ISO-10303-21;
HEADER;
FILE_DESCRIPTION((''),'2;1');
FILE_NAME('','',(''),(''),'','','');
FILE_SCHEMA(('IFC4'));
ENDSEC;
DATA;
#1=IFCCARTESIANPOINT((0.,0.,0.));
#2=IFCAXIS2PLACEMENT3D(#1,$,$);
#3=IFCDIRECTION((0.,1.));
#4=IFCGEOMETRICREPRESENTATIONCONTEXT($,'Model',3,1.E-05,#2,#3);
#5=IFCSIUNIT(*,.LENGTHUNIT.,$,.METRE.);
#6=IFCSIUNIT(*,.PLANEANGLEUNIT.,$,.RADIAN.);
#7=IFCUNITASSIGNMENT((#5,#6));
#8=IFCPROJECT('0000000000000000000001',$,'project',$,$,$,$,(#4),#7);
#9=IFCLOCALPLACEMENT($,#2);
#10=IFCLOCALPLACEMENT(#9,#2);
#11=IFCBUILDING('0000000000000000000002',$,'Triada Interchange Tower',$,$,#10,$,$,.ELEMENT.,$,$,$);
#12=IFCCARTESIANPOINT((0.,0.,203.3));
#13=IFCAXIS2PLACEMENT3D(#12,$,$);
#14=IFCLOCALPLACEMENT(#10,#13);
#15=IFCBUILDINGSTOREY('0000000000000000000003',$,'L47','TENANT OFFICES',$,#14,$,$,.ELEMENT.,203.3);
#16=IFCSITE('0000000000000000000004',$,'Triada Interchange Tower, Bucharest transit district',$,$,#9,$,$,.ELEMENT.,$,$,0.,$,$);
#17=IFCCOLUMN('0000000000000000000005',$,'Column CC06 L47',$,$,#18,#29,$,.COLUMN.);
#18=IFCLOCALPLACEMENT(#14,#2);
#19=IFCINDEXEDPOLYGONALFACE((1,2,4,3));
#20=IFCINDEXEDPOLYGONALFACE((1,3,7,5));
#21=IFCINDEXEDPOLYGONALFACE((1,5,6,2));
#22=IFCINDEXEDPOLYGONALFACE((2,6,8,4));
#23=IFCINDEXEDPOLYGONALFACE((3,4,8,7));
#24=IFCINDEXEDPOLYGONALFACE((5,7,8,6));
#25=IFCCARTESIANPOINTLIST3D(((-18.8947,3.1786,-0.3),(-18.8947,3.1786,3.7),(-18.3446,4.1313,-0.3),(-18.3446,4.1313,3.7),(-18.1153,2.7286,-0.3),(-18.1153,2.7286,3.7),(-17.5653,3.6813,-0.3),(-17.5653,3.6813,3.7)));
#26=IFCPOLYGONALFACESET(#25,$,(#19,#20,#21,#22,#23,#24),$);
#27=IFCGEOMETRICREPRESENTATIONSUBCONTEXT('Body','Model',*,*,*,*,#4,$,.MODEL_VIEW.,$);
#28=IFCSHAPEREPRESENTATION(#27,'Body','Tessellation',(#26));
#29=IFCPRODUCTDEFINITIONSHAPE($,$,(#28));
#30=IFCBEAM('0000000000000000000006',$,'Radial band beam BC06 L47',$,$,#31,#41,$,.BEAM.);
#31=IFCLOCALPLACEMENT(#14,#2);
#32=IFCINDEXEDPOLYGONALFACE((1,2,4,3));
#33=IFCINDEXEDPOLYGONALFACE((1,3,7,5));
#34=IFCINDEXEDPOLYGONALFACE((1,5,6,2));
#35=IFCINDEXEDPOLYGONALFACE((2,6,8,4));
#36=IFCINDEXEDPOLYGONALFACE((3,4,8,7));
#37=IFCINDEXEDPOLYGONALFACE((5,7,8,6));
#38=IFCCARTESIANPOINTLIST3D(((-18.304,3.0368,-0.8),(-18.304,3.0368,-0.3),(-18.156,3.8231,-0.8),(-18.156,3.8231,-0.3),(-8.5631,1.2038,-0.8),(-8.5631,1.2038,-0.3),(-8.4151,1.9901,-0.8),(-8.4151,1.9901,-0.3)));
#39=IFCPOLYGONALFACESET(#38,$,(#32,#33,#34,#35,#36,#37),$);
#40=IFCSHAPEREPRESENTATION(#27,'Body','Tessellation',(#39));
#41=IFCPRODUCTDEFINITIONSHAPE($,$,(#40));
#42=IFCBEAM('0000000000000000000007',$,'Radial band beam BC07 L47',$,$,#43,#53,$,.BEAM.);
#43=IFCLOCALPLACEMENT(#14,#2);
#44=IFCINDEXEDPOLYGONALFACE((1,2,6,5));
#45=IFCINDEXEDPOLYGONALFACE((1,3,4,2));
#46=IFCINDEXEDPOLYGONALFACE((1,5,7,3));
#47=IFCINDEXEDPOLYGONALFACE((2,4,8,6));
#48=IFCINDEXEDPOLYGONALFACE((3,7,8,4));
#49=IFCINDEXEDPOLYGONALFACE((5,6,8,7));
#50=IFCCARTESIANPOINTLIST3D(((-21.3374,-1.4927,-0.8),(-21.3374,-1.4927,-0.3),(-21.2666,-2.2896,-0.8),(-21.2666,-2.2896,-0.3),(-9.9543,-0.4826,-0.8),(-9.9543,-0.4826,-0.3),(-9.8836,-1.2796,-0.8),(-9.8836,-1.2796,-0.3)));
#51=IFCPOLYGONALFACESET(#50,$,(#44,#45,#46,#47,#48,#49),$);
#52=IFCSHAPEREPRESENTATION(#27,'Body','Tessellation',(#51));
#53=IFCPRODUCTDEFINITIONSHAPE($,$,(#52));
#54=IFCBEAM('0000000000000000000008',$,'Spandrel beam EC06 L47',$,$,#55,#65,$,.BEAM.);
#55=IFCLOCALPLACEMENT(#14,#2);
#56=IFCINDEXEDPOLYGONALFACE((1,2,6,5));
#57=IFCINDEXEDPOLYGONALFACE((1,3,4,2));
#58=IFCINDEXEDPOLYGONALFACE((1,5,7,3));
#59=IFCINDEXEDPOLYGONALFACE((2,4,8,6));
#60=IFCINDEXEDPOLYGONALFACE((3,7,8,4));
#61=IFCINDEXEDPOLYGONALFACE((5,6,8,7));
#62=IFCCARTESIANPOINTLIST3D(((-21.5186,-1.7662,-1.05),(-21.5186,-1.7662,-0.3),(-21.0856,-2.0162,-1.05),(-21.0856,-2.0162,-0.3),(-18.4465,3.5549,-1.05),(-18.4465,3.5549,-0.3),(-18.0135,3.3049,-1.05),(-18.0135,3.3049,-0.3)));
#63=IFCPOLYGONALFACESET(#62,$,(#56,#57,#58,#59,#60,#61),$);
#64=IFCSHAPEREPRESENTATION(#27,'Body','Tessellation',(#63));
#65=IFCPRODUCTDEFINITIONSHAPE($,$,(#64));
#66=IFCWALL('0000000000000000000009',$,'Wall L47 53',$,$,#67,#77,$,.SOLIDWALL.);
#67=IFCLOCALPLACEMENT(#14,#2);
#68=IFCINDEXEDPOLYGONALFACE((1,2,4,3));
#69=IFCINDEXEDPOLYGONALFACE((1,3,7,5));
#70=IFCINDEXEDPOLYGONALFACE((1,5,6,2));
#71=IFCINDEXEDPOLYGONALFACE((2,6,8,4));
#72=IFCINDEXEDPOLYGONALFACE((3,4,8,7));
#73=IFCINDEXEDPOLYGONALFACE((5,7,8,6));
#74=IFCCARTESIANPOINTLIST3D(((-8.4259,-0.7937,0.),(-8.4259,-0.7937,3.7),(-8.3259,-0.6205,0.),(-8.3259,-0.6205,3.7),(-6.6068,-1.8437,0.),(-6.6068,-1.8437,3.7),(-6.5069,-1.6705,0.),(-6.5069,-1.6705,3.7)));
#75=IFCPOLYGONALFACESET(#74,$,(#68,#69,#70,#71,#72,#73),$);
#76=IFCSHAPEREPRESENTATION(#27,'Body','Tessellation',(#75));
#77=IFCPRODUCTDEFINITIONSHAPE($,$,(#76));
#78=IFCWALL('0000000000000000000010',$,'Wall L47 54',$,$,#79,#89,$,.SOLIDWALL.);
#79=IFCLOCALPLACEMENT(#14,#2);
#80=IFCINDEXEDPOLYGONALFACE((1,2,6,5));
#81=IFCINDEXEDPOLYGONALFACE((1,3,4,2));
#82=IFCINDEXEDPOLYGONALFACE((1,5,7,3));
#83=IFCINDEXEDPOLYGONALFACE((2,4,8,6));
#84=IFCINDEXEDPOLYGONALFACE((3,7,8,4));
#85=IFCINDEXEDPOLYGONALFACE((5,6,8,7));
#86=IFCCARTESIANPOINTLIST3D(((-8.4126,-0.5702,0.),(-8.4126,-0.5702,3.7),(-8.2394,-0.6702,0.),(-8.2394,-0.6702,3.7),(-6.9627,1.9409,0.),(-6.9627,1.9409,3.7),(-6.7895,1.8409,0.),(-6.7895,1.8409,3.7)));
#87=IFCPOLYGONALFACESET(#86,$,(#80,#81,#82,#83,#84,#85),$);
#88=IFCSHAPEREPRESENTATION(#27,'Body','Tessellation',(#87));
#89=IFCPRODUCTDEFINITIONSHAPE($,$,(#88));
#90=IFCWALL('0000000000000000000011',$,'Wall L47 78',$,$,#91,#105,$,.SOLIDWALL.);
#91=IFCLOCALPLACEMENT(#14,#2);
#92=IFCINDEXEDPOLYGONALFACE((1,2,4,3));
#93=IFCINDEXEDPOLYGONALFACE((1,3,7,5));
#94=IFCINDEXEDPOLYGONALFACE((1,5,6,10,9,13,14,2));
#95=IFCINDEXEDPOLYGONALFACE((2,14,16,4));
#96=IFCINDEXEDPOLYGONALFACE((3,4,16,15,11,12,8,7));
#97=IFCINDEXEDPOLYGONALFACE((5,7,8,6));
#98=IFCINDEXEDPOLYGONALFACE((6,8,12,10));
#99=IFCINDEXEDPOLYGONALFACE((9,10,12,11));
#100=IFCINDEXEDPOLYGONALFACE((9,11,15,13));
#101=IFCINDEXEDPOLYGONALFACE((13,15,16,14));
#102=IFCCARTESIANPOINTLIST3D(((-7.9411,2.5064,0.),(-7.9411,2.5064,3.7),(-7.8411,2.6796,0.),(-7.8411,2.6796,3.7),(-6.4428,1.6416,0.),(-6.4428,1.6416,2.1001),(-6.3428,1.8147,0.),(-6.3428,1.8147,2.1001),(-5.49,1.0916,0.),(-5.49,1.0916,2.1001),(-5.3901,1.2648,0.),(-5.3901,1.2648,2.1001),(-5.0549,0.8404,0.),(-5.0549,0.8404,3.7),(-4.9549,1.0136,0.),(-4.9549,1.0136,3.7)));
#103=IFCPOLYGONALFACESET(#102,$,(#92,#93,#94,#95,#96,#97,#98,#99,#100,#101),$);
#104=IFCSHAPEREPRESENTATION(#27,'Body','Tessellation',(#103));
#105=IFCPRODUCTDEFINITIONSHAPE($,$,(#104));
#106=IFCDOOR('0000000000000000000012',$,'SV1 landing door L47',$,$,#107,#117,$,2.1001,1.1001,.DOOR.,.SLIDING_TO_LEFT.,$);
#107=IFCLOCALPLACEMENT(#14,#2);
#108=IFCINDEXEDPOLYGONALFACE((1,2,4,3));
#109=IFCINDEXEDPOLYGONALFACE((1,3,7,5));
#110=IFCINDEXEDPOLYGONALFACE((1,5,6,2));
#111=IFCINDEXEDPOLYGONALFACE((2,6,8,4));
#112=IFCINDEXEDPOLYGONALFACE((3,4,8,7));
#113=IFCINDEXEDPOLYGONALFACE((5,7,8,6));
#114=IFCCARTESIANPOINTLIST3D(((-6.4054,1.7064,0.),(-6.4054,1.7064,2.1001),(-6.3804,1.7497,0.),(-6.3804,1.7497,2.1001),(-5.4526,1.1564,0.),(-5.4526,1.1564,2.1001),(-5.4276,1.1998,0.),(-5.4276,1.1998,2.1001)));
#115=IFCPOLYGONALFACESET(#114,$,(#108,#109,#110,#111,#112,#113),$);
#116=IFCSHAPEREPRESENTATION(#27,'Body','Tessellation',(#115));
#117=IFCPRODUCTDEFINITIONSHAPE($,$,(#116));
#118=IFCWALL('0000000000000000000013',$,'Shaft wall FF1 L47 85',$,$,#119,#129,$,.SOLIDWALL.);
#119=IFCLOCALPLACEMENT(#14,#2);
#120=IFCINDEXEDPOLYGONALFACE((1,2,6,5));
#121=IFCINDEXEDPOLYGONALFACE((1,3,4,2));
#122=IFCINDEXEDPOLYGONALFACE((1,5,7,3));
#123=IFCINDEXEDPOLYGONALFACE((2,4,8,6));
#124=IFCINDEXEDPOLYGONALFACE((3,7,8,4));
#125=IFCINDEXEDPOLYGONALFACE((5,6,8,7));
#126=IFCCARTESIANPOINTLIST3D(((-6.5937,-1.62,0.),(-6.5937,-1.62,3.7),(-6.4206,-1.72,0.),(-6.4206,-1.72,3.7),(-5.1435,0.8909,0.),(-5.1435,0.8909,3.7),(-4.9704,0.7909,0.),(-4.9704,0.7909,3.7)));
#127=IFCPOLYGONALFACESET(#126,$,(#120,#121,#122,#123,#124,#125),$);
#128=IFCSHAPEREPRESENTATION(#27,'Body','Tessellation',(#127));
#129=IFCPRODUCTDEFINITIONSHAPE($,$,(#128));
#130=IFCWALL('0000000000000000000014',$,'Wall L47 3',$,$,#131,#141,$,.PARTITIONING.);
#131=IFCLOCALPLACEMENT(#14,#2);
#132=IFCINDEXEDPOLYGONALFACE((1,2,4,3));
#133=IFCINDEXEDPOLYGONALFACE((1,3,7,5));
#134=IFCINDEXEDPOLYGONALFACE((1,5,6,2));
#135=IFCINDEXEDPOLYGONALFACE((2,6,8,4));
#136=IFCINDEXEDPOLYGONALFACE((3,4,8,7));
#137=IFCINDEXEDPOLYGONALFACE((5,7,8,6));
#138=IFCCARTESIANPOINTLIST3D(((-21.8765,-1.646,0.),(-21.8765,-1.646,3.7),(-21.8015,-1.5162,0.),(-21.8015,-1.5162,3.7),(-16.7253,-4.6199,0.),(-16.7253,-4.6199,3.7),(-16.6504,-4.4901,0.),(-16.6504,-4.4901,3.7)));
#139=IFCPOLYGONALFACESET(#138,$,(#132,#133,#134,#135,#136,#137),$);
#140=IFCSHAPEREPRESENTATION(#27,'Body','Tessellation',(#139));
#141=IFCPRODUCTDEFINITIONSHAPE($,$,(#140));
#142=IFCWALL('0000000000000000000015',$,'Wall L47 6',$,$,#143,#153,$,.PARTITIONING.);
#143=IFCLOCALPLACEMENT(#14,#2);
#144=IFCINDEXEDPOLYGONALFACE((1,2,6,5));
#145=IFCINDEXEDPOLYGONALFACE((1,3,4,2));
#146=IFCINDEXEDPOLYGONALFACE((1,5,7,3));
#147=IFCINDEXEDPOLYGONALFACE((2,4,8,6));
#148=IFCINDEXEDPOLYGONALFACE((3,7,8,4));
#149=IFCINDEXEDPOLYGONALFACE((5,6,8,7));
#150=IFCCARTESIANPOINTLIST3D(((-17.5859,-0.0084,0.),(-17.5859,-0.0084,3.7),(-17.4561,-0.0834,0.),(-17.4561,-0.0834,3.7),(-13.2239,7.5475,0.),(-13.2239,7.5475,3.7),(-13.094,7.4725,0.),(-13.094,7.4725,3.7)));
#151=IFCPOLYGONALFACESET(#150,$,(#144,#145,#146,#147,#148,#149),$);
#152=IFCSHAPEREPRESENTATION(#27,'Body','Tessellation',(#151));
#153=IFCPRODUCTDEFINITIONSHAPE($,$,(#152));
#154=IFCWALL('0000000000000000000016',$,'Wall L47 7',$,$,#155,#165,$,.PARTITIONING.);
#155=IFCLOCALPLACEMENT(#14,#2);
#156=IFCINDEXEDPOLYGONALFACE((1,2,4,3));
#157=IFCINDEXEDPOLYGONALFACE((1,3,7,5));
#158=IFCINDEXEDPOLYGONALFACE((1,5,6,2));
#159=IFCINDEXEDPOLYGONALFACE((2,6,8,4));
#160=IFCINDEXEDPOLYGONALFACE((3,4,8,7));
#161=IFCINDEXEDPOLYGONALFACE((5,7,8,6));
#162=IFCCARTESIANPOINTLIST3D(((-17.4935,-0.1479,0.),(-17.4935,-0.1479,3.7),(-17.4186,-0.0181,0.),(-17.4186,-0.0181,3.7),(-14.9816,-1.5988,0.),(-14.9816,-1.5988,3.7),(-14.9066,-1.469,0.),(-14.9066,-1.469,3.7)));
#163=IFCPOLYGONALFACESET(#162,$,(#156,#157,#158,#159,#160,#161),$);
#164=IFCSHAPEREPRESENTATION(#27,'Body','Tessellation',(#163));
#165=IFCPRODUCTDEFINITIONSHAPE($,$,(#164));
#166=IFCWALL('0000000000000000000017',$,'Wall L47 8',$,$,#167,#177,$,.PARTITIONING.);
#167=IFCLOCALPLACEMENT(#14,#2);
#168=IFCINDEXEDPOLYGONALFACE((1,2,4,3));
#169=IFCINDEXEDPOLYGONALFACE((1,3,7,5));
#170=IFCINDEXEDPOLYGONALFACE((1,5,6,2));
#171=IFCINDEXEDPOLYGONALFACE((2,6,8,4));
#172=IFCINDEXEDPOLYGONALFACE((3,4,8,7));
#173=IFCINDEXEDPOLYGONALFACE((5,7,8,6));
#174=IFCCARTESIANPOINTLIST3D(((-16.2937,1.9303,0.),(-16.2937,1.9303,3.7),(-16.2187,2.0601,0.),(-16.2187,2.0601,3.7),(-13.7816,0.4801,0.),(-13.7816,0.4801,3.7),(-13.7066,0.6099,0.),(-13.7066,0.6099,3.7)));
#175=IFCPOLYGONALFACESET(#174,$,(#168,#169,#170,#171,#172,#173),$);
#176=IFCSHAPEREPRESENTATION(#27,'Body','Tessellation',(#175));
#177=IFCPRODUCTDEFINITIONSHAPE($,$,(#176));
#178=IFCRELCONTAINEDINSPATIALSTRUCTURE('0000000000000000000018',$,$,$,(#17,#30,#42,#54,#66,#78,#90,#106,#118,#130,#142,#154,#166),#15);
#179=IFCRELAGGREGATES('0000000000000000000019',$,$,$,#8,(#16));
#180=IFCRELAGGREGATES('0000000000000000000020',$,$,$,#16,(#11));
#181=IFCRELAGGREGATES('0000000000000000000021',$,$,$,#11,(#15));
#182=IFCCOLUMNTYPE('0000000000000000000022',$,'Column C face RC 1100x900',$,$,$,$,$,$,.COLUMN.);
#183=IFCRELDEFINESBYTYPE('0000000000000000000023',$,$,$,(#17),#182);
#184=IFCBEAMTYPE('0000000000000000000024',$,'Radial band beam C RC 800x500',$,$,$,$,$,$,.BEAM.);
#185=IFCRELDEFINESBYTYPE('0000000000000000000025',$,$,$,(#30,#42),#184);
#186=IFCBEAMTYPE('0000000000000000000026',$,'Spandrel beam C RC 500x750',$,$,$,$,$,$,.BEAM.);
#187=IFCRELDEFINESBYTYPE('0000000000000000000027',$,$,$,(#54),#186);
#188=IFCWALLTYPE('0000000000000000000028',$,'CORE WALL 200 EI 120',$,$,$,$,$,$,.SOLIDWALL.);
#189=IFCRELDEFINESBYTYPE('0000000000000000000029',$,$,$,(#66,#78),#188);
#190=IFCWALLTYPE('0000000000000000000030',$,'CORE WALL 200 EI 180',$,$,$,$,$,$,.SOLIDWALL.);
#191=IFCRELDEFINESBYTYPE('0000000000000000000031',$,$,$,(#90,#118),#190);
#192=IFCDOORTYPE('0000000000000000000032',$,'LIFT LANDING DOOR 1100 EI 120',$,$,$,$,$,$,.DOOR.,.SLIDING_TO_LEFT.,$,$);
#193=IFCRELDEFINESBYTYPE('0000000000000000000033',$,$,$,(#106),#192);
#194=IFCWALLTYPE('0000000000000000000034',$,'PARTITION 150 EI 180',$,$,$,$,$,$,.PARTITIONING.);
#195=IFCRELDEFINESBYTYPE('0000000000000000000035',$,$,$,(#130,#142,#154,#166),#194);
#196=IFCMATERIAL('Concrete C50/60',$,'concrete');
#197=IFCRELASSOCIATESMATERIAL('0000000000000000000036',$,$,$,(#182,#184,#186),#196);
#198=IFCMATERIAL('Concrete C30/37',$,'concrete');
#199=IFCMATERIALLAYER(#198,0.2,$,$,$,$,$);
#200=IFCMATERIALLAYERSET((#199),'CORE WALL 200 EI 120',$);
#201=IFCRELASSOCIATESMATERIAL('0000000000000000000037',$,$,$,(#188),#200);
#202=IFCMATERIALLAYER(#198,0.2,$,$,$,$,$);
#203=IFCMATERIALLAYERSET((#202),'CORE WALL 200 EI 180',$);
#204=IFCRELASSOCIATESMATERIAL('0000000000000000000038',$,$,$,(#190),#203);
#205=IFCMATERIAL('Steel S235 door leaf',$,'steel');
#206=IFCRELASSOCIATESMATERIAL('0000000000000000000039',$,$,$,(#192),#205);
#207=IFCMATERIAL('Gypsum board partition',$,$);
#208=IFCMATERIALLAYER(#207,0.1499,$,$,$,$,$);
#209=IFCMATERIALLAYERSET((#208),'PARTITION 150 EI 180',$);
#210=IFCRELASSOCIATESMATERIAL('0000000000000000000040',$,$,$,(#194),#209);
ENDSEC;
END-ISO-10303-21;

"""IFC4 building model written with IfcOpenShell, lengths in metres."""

from ifc_helpers import new_model, si_unit, direction, frame, frame_2d, origin, origin_2d, place, context, subcontext, project, spatial, rectangle, extrude, material, layer, layer_set, material_profile, profile_set, type_object, element, fill, save


model = new_model("IFC4")

# Units and contexts
model_context = context("Model", 3, precision=1e-05, world=origin(), true_north=direction((0.0, 1.0)))
body_context = subcontext(model_context, "Body", "Model", "MODEL_VIEW")
ifc_project = project(units=[si_unit("LENGTHUNIT", "METRE"), si_unit("PLANEANGLEUNIT", "RADIAN")], contexts=[model_context])

# Site, building, storey
site_placement = place(None, origin())
site = spatial("IfcSite", under=ifc_project, at=site_placement, Name="Triada Interchange Tower, Bucharest transit district", CompositionType="ELEMENT", RefElevation=0.0)
building_placement = place(site_placement, origin())
building = spatial("IfcBuilding", under=site, at=building_placement, Name="Triada Interchange Tower", CompositionType="ELEMENT")
storey_placement = place(building_placement, frame((0.0, 0.0, 203.3)))
storey = spatial("IfcBuildingStorey", under=building, at=storey_placement, Name="L47", Description="TENANT OFFICES", CompositionType="ELEMENT", Elevation=203.3)

# Column
ifc_material_1 = material(Name="Concrete C50/60", Category="concrete")
ifc_material_profile_1 = material_profile(ifc_material_1, rectangle(XDim=1.1001, YDim=0.8999, at=origin_2d()), Name="RC 1100x900")
ifc_profile_set_1 = profile_set([ifc_material_profile_1], Name="Concrete C50/60")
column_type = type_object("IfcColumnType", Name="Column C face RC 1100x900", PredefinedType="COLUMN", material=ifc_profile_set_1)
column_placement = place(storey_placement, frame((-18.23, 3.4299, -0.3), z_axis=(0.0, 0.0, 1.0), x_axis=(0.5, 0.866025, 0.0)))
element("IfcColumn", 1, at=column_placement, inside=storey, type_object=column_type, Name="Column CC06 L47", PredefinedType="COLUMN", context=body_context, shape_type="SweptSolid", body=[
    extrude(rectangle(XDim=1.1001, YDim=0.8999, at=origin_2d()), origin(), (0.0, 0.0, 1.0), 4.0),
])

# Beams
ifc_material_profile_2 = material_profile(ifc_material_1, rectangle(XDim=0.8, YDim=0.5, at=origin_2d()), Name="RC 800x500")
ifc_profile_set_2 = profile_set([ifc_material_profile_2], Name="Concrete C50/60")
beam_type_1 = type_object("IfcBeamType", Name="Radial band beam C RC 800x500", PredefinedType="BEAM", material=ifc_profile_set_2)
beam_1_placement = place(storey_placement, frame((-18.23, 3.4299, -0.55), z_axis=(0.982752, -0.184929, 0.0), x_axis=(0.184929, 0.982752, 0.0)))
element("IfcBeam", 2, at=beam_1_placement, inside=storey, type_object=beam_type_1, Name="Radial band beam BC06 L47", PredefinedType="BEAM", context=body_context, shape_type="SweptSolid", body=[
    extrude(rectangle(XDim=0.8, YDim=0.5, at=origin_2d()), origin(), (0.0, 0.0, 1.0), 9.9119),
])
beam_2_placement = place(storey_placement, frame((-21.302, -1.8911, -0.55), z_axis=(0.996087, 0.088382, 0.0), x_axis=(-0.088382, 0.996087, 0.0)))
element("IfcBeam", 3, at=beam_2_placement, inside=storey, type_object=beam_type_1, Name="Radial band beam BC07 L47", PredefinedType="BEAM", context=body_context, shape_type="SweptSolid", body=[
    extrude(rectangle(XDim=0.8, YDim=0.5, at=origin_2d()), origin(), (0.0, 0.0, 1.0), 11.4277),
])
ifc_material_profile_3 = material_profile(ifc_material_1, rectangle(XDim=0.5, YDim=0.75, at=origin_2d()), Name="RC 500x750")
ifc_profile_set_3 = profile_set([ifc_material_profile_3], Name="Concrete C50/60")
beam_type_2 = type_object("IfcBeamType", Name="Spandrel beam C RC 500x750", PredefinedType="BEAM", material=ifc_profile_set_3)
beam_3_placement = place(storey_placement, frame((-18.23, 3.4299, -0.675), z_axis=(-0.49999, -0.866031, 0.0), x_axis=(0.866031, -0.49999, 0.0)))
element("IfcBeam", 4, at=beam_3_placement, inside=storey, type_object=beam_type_2, Name="Spandrel beam EC06 L47", PredefinedType="BEAM", context=body_context, shape_type="SweptSolid", body=[
    extrude(rectangle(XDim=0.5, YDim=0.75, at=origin_2d()), origin(), (0.0, 0.0, 1.0), 6.1443),
])

# Walls
ifc_material_2 = material(Name="Concrete C30/37", Category="concrete")
ifc_layer_1 = layer(ifc_material_2, 0.2)
ifc_layer_set_1 = layer_set([ifc_layer_1], Name="CORE WALL 200 EI 120")
wall_type_1 = type_object("IfcWallType", Name="CORE WALL 200 EI 120", PredefinedType="SOLIDWALL", material=ifc_layer_set_1)
wall_1_placement = place(storey_placement, frame((-8.376, -0.707, 0.0), z_axis=(0.0, 0.0, 1.0), x_axis=(0.866068, -0.499927, 0.0)))
element("IfcWall", 5, at=wall_1_placement, inside=storey, type_object=wall_type_1, Name="Wall L47 53", PredefinedType="SOLIDWALL", context=body_context, shape_type="SweptSolid", body=[
    extrude(rectangle(XDim=2.1003, YDim=0.2, at=frame_2d((1.0503, 0.0))), origin(), (0.0, 0.0, 1.0), 3.7),
])
wall_2_placement = place(storey_placement, frame((-8.3259, -0.6201, 0.0), z_axis=(0.0, 0.0, 1.0), x_axis=(0.500024, 0.866012, 0.0)))
element("IfcWall", 6, at=wall_2_placement, inside=storey, type_object=wall_type_1, Name="Wall L47 54", PredefinedType="SOLIDWALL", context=body_context, shape_type="SweptSolid", body=[
    extrude(rectangle(XDim=2.8997, YDim=0.2, at=frame_2d((1.4497, 0.0))), origin(), (0.0, 0.0, 1.0), 3.7),
])

# Wall, opening, door
ifc_layer_2 = layer(ifc_material_2, 0.2)
ifc_layer_set_2 = layer_set([ifc_layer_2], Name="CORE WALL 200 EI 180")
wall_type_2 = type_object("IfcWallType", Name="CORE WALL 200 EI 180", PredefinedType="SOLIDWALL", material=ifc_layer_set_2)
wall_3_placement = place(storey_placement, frame((-7.8911, 2.593, 0.0), z_axis=(0.0, 0.0, 1.0), x_axis=(0.866071, -0.499921, 0.0)))
wall_3 = element("IfcWall", 7, at=wall_3_placement, inside=storey, type_object=wall_type_2, Name="Wall L47 78", PredefinedType="SOLIDWALL", context=body_context, shape_type="SweptSolid", body=[
    extrude(rectangle(XDim=3.3325, YDim=0.2, at=frame_2d((1.6663, 0.0))), origin(), (0.0, 0.0, 1.0), 3.7),
])
opening_1_placement = place(wall_3_placement, frame((1.73, 0.0, 0.0)))
opening_1 = element("IfcOpeningElement", 8, at=opening_1_placement, cuts=wall_3, PredefinedType="OPENING", context=body_context, shape_type="SweptSolid", body=[
    extrude(rectangle(XDim=1.1001, YDim=2.1001, at=frame_2d((0.55, 1.05))), frame((0.0, 0.1099, 0.0), z_axis=(0.0, -1.0, 0.0), x_axis=(1.0, 0.0, 0.0)), (0.0, 0.0, 1.0), 0.22),
])
ifc_material_3 = material(Name="Steel S235 door leaf", Category="steel")
door_type_1 = type_object("IfcDoorType", Name="LIFT LANDING DOOR 1100 EI 120", OperationType="SLIDING_TO_LEFT", PredefinedType="DOOR", material=ifc_material_3)
door_1_placement = place(opening_1_placement, origin())
door_1 = element("IfcDoor", 9, at=door_1_placement, inside=storey, type_object=door_type_1, Name="SV1 landing door L47", OperationType="SLIDING_TO_LEFT", OverallHeight=2.1001, OverallWidth=1.1001, PredefinedType="DOOR", context=body_context, shape_type="SweptSolid", body=[
    extrude(rectangle(XDim=1.1001, YDim=2.1001, at=frame_2d((0.55, 1.05))), frame((0.0, 0.0249, 0.0), z_axis=(0.0, -1.0, 0.0), x_axis=(1.0, 0.0, 0.0)), (0.0, 0.0, 1.0), 0.05),
])
fill(opening_1, door_1)

# Walls
wall_4_placement = place(storey_placement, frame((-6.5071, -1.6699, 0.0), z_axis=(0.0, 0.0, 1.0), x_axis=(0.500123, 0.865954, 0.0)))
element("IfcWall", 10, at=wall_4_placement, inside=storey, type_object=wall_type_2, Name="Shaft wall FF1 L47 85", PredefinedType="SOLIDWALL", context=body_context, shape_type="SweptSolid", body=[
    extrude(rectangle(XDim=2.8997, YDim=0.2, at=frame_2d((1.4497, 0.0))), origin(), (0.0, 0.0, 1.0), 3.7),
])
ifc_material_4 = material(Name="Gypsum board partition")
ifc_layer_3 = layer(ifc_material_4, 0.1499)
ifc_layer_set_3 = layer_set([ifc_layer_3], Name="PARTITION 150 EI 180")
wall_type_3 = type_object("IfcWallType", Name="PARTITION 150 EI 180", PredefinedType="PARTITIONING", material=ifc_layer_set_3)
wall_5_placement = place(storey_placement, frame((-21.8391, -1.5811, 0.0), z_axis=(0.0, 0.0, 1.0), x_axis=(0.866035, -0.499984, 0.0)))
element("IfcWall", 11, at=wall_5_placement, inside=storey, type_object=wall_type_3, Name="Wall L47 3", PredefinedType="PARTITIONING", context=body_context, shape_type="SweptSolid", body=[
    extrude(rectangle(XDim=5.948, YDim=0.1499, at=frame_2d((2.9741, 0.0))), origin(), (0.0, 0.0, 1.0), 3.7),
])
wall_6_placement = place(storey_placement, frame((-17.521, -0.0459, 0.0), z_axis=(0.0, 0.0, 1.0), x_axis=(0.49997, 0.866043, 0.0)))
element("IfcWall", 12, at=wall_6_placement, inside=storey, type_object=wall_type_3, Name="Wall L47 6", PredefinedType="PARTITIONING", context=body_context, shape_type="SweptSolid", body=[
    extrude(rectangle(XDim=8.7246, YDim=0.1499, at=frame_2d((4.3623, 0.0))), origin(), (0.0, 0.0, 1.0), 3.7),
])
wall_7_placement = place(storey_placement, frame((-17.4561, -0.083, 0.0), z_axis=(0.0, 0.0, 1.0), x_axis=(0.865929, -0.500167, 0.0)))
element("IfcWall", 13, at=wall_7_placement, inside=storey, type_object=wall_type_3, Name="Wall L47 7", PredefinedType="PARTITIONING", context=body_context, shape_type="SweptSolid", body=[
    extrude(rectangle(XDim=2.9009, YDim=0.1499, at=frame_2d((1.4504, 0.0))), origin(), (0.0, 0.0, 1.0), 3.7),
])
for number, where, z_axis, x_axis, name in (
    (14, (-16.2561, 1.9951, 0.0), (0.0, 0.0, 1.0), (0.866059, -0.499941, 0.0), "Wall L47 8"),
):
    element("IfcWall", number, at=place(storey_placement, frame(where, z_axis=z_axis, x_axis=x_axis)), inside=storey, type_object=wall_type_3, Name=name, PredefinedType="PARTITIONING", context=body_context, shape_type="SweptSolid", body=[
        extrude(rectangle(XDim=2.9006, YDim=0.1499, at=frame_2d((1.4502, 0.0))), origin(), (0.0, 0.0, 1.0), 3.7),
    ])

save(model, "model.ifc")
